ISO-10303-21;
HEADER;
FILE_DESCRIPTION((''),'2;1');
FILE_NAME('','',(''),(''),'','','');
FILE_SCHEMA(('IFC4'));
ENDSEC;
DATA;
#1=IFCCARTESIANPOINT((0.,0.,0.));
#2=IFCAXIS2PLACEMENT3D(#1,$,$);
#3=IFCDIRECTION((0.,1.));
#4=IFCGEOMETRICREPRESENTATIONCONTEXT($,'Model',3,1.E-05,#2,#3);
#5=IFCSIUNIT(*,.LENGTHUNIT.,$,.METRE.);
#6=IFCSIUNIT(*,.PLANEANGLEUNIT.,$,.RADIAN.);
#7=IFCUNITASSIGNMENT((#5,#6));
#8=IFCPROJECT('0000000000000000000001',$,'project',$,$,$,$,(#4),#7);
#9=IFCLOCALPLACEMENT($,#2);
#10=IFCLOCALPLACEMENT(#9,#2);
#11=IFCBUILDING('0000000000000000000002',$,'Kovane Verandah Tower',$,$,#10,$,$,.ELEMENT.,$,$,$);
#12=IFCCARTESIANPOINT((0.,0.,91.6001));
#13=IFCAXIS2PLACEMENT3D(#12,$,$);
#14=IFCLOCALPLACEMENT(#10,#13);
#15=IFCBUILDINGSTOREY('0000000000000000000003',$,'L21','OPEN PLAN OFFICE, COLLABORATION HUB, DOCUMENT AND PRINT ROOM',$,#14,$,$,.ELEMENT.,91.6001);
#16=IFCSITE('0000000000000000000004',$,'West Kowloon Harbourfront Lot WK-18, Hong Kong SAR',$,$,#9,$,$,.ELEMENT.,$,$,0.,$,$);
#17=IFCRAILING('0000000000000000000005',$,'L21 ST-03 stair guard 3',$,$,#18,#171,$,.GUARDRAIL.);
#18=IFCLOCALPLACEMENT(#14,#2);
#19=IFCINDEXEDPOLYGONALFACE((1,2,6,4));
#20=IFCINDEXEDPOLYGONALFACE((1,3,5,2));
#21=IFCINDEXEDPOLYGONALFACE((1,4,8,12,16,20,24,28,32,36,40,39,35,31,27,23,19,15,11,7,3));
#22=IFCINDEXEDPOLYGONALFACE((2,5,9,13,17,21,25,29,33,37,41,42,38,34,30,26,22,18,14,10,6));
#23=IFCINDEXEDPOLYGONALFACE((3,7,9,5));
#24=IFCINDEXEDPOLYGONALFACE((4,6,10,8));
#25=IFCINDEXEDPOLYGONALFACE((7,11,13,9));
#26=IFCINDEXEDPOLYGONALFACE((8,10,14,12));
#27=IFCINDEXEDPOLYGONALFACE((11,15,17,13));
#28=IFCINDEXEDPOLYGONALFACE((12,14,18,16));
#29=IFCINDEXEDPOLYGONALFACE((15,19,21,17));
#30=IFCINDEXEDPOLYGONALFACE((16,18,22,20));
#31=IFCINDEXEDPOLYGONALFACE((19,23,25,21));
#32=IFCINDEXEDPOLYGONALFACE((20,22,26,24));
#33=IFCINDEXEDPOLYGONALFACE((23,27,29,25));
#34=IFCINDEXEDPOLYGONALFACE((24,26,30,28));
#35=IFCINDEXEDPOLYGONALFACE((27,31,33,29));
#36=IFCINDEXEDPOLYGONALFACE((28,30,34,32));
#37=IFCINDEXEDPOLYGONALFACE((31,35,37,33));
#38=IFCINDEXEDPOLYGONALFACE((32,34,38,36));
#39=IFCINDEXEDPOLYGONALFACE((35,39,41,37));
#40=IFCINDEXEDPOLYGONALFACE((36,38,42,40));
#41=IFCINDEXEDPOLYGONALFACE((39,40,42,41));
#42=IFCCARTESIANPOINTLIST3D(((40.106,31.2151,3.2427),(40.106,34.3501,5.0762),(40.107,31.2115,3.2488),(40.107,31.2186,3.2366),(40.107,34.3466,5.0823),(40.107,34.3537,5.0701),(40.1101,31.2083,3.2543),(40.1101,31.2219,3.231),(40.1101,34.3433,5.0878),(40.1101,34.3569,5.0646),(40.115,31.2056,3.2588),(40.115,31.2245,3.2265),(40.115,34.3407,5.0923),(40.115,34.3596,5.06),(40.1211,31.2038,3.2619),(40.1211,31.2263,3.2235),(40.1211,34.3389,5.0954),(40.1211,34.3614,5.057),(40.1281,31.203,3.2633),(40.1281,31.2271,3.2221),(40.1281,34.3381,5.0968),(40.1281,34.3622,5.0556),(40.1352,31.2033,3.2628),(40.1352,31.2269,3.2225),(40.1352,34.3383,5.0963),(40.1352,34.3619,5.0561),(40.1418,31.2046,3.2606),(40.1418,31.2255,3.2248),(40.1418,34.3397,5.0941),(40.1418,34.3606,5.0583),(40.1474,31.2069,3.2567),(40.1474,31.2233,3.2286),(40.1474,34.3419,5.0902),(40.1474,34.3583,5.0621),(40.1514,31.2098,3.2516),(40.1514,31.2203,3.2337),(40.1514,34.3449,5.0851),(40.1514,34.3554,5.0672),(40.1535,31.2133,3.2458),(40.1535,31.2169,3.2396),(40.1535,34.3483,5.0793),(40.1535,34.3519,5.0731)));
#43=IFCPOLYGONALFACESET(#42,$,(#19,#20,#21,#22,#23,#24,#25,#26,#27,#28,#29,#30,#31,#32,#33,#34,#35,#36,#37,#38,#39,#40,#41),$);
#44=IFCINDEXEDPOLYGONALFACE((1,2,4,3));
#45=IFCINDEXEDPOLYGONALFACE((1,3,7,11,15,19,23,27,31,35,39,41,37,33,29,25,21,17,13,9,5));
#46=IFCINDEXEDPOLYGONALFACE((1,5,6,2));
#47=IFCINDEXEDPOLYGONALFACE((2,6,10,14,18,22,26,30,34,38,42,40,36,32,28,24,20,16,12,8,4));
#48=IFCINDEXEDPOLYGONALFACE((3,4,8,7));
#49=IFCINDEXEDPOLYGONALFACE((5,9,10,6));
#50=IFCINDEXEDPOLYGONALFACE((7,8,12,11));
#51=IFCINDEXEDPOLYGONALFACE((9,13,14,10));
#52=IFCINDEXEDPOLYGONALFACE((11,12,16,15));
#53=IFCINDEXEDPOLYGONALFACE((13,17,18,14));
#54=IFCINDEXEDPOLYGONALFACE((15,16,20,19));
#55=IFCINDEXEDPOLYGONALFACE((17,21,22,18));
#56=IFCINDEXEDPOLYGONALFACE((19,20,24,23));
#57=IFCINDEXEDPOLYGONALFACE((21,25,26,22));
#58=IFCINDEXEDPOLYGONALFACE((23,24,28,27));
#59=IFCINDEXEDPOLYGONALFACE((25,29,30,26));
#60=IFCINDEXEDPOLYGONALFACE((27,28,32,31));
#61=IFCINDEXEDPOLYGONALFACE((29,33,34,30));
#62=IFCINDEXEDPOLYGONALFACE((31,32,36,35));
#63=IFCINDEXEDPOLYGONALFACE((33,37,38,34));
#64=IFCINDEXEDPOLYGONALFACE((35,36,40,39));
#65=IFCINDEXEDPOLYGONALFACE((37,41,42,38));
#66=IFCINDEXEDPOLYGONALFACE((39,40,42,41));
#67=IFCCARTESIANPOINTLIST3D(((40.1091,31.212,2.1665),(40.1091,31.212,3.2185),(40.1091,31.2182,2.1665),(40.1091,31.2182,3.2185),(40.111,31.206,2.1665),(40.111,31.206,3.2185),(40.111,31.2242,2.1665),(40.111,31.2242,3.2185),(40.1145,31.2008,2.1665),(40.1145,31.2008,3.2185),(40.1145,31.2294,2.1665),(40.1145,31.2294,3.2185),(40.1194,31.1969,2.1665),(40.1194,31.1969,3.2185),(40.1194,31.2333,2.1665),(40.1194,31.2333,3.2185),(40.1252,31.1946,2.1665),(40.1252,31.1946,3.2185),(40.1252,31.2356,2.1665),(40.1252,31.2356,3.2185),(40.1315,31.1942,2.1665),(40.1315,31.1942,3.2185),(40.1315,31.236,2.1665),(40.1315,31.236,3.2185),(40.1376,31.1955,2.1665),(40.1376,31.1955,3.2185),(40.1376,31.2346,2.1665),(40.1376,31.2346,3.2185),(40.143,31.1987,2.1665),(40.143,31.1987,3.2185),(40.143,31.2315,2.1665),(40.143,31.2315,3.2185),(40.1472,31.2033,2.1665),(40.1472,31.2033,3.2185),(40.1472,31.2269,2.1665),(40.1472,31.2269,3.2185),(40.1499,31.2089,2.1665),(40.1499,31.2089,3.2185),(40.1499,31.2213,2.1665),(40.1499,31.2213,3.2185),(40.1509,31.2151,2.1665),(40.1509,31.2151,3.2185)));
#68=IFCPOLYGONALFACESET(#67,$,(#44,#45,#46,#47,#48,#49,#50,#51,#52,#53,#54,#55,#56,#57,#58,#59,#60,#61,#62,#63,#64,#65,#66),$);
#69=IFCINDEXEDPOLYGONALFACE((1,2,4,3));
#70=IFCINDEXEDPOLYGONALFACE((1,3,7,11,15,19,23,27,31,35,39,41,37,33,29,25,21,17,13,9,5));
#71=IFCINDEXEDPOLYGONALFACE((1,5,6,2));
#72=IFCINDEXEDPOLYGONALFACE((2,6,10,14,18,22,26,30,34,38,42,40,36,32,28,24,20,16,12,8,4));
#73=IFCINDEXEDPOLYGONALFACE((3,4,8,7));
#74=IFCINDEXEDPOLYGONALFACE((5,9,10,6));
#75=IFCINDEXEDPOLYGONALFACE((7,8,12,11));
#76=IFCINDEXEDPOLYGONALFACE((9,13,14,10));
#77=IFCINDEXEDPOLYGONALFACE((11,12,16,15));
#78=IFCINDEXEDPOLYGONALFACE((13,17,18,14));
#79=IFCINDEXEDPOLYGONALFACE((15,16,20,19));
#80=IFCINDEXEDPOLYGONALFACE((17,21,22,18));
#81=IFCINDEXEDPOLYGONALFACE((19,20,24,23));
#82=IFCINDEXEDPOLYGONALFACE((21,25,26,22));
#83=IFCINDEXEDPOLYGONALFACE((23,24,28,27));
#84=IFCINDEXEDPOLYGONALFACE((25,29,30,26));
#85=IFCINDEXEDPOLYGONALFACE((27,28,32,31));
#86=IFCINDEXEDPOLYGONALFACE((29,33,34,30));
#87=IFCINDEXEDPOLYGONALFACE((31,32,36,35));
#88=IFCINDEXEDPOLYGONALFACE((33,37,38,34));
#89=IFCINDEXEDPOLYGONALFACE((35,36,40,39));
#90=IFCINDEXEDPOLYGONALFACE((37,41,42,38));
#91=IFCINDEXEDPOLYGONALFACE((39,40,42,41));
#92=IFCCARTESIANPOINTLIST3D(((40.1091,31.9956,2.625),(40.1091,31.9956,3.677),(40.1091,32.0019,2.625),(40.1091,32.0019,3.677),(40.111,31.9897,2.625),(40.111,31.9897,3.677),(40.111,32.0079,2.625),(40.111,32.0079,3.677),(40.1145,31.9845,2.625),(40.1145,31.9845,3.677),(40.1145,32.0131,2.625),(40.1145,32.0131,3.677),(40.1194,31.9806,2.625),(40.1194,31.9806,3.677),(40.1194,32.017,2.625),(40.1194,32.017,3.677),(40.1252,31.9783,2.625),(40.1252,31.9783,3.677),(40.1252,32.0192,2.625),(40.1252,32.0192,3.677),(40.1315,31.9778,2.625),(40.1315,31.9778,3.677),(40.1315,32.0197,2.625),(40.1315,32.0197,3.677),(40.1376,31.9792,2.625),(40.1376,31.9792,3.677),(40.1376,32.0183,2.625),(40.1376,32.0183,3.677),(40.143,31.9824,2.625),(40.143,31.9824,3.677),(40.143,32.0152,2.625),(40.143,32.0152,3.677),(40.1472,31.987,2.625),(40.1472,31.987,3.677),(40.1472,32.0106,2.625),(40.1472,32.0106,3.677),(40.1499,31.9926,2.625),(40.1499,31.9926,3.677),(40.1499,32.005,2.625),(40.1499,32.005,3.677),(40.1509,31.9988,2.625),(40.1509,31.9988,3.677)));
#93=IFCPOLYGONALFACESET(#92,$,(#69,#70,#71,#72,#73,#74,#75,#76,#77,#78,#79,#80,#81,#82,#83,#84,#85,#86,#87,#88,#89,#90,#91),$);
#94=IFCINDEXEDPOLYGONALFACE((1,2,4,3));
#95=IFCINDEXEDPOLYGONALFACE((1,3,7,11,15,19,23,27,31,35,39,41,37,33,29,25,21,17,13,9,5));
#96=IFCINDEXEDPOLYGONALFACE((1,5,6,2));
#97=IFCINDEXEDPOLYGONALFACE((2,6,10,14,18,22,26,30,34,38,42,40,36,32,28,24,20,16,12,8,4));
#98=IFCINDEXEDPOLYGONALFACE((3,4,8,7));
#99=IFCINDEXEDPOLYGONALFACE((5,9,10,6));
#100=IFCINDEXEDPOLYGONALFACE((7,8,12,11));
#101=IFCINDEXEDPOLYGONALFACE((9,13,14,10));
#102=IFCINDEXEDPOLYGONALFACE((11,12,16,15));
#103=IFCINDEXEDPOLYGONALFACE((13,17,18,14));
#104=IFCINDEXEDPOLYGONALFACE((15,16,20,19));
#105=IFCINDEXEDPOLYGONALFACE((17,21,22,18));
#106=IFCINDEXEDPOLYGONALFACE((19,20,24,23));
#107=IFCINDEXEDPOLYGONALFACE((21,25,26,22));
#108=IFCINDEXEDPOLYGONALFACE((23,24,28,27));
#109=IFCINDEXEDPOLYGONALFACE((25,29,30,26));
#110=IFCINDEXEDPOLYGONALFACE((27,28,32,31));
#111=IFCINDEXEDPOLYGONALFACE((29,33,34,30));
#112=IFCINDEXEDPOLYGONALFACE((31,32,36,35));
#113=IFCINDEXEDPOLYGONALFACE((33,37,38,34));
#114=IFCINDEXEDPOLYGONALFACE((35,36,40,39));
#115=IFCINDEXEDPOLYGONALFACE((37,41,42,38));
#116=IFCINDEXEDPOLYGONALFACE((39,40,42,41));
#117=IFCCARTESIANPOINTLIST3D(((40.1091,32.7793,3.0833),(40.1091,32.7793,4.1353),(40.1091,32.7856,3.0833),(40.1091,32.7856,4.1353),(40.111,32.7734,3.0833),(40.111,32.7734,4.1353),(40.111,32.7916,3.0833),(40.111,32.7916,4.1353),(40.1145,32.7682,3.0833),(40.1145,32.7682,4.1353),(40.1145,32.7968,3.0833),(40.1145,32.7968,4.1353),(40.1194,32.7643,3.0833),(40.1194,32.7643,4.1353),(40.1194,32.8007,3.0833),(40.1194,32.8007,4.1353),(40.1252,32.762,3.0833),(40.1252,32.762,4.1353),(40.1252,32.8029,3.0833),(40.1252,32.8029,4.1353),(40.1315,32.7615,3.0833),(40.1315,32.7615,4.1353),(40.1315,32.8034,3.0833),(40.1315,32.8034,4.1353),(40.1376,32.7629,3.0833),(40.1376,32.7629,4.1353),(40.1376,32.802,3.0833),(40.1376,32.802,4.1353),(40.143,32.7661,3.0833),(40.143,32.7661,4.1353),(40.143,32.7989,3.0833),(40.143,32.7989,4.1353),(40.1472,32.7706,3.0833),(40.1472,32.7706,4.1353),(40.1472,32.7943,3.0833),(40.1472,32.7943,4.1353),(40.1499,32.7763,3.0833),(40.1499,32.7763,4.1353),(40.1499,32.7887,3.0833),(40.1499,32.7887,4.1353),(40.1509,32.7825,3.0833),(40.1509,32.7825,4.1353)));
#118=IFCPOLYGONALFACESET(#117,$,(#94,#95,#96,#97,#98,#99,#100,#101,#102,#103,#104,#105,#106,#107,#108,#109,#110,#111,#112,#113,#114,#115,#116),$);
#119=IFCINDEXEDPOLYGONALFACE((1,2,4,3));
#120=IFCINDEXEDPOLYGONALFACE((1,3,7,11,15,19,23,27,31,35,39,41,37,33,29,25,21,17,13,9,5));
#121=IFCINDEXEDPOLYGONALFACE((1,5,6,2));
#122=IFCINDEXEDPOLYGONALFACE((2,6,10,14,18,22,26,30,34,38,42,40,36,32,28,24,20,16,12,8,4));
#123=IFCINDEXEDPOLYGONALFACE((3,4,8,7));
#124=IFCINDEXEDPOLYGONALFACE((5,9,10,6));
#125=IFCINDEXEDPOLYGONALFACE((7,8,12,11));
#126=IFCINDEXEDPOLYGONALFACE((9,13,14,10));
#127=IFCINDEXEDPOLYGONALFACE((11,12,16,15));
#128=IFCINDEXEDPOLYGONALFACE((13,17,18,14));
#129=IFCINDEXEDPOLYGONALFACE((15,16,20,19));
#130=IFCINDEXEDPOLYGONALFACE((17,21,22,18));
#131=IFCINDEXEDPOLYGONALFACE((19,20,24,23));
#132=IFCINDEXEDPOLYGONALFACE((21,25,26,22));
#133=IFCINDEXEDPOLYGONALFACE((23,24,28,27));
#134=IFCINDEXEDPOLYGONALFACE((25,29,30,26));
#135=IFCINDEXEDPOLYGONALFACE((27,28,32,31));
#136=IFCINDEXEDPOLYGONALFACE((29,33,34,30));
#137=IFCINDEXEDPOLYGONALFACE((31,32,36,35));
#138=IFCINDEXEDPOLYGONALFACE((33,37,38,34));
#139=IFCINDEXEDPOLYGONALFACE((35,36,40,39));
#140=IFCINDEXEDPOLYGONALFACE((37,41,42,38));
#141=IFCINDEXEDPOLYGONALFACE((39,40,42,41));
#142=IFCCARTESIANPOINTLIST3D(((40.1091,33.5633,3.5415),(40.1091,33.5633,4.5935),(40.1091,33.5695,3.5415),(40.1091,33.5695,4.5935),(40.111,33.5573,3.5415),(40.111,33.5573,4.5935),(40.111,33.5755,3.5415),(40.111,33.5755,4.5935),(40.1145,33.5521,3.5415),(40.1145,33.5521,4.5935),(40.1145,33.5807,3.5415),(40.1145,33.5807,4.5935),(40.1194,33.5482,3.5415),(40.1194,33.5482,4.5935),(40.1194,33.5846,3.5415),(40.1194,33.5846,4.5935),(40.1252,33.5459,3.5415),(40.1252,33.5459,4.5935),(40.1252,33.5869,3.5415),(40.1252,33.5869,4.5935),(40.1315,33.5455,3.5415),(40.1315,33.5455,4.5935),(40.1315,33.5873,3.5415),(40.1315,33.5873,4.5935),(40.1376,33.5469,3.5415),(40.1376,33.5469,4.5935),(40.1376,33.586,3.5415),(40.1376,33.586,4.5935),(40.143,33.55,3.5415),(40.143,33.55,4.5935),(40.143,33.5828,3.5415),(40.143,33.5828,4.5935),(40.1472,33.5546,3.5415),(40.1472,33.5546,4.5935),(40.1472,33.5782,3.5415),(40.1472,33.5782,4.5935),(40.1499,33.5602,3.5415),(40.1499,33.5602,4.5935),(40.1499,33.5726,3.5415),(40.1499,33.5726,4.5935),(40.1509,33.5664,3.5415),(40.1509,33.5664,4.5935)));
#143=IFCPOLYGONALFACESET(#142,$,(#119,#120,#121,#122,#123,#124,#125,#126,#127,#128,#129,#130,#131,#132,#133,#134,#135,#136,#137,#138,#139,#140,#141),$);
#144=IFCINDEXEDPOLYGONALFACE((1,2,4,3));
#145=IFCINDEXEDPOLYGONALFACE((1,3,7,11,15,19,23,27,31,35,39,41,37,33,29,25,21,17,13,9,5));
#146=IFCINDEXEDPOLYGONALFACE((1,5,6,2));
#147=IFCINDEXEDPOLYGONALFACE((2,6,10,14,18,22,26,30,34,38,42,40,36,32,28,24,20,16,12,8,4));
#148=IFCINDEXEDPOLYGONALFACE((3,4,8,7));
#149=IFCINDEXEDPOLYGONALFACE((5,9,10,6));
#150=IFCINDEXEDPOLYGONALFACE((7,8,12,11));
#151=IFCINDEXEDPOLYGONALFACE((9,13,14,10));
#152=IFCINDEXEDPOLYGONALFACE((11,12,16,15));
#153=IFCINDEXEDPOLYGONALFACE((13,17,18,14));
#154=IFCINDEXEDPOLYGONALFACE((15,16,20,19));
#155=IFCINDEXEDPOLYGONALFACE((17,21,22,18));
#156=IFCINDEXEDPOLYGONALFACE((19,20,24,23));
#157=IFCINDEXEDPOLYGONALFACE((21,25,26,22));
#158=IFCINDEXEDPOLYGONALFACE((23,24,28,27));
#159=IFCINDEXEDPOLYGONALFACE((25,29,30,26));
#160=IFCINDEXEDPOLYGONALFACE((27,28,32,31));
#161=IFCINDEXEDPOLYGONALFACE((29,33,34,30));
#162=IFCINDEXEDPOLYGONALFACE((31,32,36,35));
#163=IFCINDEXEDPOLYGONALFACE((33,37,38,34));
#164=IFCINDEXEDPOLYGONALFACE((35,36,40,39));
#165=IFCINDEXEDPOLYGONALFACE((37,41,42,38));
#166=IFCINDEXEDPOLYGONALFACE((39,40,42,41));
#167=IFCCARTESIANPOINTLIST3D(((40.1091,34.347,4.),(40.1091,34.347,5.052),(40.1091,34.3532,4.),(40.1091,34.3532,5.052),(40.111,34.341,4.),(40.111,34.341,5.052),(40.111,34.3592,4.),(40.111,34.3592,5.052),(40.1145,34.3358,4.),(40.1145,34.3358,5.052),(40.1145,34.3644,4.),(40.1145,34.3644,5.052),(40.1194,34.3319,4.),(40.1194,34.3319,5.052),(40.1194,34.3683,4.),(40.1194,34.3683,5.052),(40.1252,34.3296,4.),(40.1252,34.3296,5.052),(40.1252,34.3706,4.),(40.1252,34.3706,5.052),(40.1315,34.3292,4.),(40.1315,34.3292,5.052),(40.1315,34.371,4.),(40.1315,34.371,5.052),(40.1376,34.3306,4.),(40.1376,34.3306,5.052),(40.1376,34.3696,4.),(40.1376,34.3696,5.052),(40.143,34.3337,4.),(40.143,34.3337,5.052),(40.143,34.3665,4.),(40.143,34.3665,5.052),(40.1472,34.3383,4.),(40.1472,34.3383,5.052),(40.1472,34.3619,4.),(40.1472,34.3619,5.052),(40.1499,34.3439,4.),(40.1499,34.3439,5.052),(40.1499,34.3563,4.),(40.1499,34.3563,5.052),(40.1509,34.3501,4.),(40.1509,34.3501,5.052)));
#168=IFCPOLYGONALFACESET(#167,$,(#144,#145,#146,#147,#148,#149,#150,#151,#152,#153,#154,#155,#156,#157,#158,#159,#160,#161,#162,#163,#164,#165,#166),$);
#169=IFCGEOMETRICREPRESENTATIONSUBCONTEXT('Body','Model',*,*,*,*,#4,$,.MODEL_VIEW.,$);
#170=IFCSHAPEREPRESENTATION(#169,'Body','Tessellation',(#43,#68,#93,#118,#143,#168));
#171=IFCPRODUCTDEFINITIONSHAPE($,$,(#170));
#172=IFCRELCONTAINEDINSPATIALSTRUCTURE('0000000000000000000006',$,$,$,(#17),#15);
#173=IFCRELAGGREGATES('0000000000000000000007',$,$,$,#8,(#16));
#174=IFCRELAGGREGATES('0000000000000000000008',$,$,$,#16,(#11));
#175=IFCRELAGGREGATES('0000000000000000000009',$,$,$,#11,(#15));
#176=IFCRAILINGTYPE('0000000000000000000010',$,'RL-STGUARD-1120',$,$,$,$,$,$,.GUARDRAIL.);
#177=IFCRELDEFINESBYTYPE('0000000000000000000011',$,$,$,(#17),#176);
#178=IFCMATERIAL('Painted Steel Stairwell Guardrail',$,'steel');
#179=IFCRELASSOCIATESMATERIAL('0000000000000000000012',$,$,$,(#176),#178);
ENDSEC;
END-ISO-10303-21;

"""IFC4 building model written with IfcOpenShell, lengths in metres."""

from ifc_helpers import new_model, si_unit, direction, frame, origin, origin_2d, place, context, subcontext, project, spatial, circle, extrude, material, type_object, element, save


model = new_model("IFC4")

# Units and contexts
model_context = context("Model", 3, precision=1e-05, world=origin(), true_north=direction((0.0, 1.0)))
body_context = subcontext(model_context, "Body", "Model", "MODEL_VIEW")
ifc_project = project(units=[si_unit("LENGTHUNIT", "METRE"), si_unit("PLANEANGLEUNIT", "RADIAN")], contexts=[model_context])

# Site, building, storey
site_placement = place(None, origin())
site = spatial("IfcSite", under=ifc_project, at=site_placement, Name="West Kowloon Harbourfront Lot WK-18, Hong Kong SAR", CompositionType="ELEMENT", RefElevation=0.0)
building_placement = place(site_placement, origin())
building = spatial("IfcBuilding", under=site, at=building_placement, Name="Kovane Verandah Tower", CompositionType="ELEMENT")
storey_placement = place(building_placement, frame((0.0, 0.0, 91.6001)))
storey = spatial("IfcBuildingStorey", under=building, at=storey_placement, Name="L21", Description="OPEN PLAN OFFICE, COLLABORATION HUB, DOCUMENT AND PRINT ROOM", CompositionType="ELEMENT", Elevation=91.6001)

# Railing
ifc_material_1 = material(Name="Painted Steel Stairwell Guardrail", Category="steel")
railing_type_1 = type_object("IfcRailingType", Name="RL-STGUARD-1120", PredefinedType="GUARDRAIL", material=ifc_material_1)
railing_1_placement = place(storey_placement, frame((40.1299, 31.2151, 2.1665)))
element("IfcRailing", 1, at=railing_1_placement, inside=storey, type_object=railing_type_1, Name="L21 ST-03 stair guard 3", PredefinedType="GUARDRAIL", context=body_context, shape_type="SweptSolid", body=[
    extrude(circle(Radius=0.0239, at=origin_2d()), frame((0.0, 0.0, 1.0762), z_axis=(0.0, 0.86321, 0.504845), x_axis=(-1.0, 0.0, 0.0)), (0.0, 0.0, 1.0), 3.6318),
    extrude(circle(Radius=0.021, at=origin_2d()), origin(), (0.0, 0.0, 1.0), 1.052),
    extrude(circle(Radius=0.021, at=origin_2d()), frame((0.0, 0.7837, 0.4585)), (0.0, 0.0, 1.0), 1.052),
    extrude(circle(Radius=0.021, at=origin_2d()), frame((0.0, 1.5674, 0.9167)), (0.0, 0.0, 1.0), 1.052),
    extrude(circle(Radius=0.021, at=origin_2d()), frame((0.0, 2.3513, 1.375)), (0.0, 0.0, 1.0), 1.052),
    extrude(circle(Radius=0.021, at=origin_2d()), frame((0.0, 3.135, 1.8335)), (0.0, 0.0, 1.0), 1.052),
])

save(model, "model.ifc")
